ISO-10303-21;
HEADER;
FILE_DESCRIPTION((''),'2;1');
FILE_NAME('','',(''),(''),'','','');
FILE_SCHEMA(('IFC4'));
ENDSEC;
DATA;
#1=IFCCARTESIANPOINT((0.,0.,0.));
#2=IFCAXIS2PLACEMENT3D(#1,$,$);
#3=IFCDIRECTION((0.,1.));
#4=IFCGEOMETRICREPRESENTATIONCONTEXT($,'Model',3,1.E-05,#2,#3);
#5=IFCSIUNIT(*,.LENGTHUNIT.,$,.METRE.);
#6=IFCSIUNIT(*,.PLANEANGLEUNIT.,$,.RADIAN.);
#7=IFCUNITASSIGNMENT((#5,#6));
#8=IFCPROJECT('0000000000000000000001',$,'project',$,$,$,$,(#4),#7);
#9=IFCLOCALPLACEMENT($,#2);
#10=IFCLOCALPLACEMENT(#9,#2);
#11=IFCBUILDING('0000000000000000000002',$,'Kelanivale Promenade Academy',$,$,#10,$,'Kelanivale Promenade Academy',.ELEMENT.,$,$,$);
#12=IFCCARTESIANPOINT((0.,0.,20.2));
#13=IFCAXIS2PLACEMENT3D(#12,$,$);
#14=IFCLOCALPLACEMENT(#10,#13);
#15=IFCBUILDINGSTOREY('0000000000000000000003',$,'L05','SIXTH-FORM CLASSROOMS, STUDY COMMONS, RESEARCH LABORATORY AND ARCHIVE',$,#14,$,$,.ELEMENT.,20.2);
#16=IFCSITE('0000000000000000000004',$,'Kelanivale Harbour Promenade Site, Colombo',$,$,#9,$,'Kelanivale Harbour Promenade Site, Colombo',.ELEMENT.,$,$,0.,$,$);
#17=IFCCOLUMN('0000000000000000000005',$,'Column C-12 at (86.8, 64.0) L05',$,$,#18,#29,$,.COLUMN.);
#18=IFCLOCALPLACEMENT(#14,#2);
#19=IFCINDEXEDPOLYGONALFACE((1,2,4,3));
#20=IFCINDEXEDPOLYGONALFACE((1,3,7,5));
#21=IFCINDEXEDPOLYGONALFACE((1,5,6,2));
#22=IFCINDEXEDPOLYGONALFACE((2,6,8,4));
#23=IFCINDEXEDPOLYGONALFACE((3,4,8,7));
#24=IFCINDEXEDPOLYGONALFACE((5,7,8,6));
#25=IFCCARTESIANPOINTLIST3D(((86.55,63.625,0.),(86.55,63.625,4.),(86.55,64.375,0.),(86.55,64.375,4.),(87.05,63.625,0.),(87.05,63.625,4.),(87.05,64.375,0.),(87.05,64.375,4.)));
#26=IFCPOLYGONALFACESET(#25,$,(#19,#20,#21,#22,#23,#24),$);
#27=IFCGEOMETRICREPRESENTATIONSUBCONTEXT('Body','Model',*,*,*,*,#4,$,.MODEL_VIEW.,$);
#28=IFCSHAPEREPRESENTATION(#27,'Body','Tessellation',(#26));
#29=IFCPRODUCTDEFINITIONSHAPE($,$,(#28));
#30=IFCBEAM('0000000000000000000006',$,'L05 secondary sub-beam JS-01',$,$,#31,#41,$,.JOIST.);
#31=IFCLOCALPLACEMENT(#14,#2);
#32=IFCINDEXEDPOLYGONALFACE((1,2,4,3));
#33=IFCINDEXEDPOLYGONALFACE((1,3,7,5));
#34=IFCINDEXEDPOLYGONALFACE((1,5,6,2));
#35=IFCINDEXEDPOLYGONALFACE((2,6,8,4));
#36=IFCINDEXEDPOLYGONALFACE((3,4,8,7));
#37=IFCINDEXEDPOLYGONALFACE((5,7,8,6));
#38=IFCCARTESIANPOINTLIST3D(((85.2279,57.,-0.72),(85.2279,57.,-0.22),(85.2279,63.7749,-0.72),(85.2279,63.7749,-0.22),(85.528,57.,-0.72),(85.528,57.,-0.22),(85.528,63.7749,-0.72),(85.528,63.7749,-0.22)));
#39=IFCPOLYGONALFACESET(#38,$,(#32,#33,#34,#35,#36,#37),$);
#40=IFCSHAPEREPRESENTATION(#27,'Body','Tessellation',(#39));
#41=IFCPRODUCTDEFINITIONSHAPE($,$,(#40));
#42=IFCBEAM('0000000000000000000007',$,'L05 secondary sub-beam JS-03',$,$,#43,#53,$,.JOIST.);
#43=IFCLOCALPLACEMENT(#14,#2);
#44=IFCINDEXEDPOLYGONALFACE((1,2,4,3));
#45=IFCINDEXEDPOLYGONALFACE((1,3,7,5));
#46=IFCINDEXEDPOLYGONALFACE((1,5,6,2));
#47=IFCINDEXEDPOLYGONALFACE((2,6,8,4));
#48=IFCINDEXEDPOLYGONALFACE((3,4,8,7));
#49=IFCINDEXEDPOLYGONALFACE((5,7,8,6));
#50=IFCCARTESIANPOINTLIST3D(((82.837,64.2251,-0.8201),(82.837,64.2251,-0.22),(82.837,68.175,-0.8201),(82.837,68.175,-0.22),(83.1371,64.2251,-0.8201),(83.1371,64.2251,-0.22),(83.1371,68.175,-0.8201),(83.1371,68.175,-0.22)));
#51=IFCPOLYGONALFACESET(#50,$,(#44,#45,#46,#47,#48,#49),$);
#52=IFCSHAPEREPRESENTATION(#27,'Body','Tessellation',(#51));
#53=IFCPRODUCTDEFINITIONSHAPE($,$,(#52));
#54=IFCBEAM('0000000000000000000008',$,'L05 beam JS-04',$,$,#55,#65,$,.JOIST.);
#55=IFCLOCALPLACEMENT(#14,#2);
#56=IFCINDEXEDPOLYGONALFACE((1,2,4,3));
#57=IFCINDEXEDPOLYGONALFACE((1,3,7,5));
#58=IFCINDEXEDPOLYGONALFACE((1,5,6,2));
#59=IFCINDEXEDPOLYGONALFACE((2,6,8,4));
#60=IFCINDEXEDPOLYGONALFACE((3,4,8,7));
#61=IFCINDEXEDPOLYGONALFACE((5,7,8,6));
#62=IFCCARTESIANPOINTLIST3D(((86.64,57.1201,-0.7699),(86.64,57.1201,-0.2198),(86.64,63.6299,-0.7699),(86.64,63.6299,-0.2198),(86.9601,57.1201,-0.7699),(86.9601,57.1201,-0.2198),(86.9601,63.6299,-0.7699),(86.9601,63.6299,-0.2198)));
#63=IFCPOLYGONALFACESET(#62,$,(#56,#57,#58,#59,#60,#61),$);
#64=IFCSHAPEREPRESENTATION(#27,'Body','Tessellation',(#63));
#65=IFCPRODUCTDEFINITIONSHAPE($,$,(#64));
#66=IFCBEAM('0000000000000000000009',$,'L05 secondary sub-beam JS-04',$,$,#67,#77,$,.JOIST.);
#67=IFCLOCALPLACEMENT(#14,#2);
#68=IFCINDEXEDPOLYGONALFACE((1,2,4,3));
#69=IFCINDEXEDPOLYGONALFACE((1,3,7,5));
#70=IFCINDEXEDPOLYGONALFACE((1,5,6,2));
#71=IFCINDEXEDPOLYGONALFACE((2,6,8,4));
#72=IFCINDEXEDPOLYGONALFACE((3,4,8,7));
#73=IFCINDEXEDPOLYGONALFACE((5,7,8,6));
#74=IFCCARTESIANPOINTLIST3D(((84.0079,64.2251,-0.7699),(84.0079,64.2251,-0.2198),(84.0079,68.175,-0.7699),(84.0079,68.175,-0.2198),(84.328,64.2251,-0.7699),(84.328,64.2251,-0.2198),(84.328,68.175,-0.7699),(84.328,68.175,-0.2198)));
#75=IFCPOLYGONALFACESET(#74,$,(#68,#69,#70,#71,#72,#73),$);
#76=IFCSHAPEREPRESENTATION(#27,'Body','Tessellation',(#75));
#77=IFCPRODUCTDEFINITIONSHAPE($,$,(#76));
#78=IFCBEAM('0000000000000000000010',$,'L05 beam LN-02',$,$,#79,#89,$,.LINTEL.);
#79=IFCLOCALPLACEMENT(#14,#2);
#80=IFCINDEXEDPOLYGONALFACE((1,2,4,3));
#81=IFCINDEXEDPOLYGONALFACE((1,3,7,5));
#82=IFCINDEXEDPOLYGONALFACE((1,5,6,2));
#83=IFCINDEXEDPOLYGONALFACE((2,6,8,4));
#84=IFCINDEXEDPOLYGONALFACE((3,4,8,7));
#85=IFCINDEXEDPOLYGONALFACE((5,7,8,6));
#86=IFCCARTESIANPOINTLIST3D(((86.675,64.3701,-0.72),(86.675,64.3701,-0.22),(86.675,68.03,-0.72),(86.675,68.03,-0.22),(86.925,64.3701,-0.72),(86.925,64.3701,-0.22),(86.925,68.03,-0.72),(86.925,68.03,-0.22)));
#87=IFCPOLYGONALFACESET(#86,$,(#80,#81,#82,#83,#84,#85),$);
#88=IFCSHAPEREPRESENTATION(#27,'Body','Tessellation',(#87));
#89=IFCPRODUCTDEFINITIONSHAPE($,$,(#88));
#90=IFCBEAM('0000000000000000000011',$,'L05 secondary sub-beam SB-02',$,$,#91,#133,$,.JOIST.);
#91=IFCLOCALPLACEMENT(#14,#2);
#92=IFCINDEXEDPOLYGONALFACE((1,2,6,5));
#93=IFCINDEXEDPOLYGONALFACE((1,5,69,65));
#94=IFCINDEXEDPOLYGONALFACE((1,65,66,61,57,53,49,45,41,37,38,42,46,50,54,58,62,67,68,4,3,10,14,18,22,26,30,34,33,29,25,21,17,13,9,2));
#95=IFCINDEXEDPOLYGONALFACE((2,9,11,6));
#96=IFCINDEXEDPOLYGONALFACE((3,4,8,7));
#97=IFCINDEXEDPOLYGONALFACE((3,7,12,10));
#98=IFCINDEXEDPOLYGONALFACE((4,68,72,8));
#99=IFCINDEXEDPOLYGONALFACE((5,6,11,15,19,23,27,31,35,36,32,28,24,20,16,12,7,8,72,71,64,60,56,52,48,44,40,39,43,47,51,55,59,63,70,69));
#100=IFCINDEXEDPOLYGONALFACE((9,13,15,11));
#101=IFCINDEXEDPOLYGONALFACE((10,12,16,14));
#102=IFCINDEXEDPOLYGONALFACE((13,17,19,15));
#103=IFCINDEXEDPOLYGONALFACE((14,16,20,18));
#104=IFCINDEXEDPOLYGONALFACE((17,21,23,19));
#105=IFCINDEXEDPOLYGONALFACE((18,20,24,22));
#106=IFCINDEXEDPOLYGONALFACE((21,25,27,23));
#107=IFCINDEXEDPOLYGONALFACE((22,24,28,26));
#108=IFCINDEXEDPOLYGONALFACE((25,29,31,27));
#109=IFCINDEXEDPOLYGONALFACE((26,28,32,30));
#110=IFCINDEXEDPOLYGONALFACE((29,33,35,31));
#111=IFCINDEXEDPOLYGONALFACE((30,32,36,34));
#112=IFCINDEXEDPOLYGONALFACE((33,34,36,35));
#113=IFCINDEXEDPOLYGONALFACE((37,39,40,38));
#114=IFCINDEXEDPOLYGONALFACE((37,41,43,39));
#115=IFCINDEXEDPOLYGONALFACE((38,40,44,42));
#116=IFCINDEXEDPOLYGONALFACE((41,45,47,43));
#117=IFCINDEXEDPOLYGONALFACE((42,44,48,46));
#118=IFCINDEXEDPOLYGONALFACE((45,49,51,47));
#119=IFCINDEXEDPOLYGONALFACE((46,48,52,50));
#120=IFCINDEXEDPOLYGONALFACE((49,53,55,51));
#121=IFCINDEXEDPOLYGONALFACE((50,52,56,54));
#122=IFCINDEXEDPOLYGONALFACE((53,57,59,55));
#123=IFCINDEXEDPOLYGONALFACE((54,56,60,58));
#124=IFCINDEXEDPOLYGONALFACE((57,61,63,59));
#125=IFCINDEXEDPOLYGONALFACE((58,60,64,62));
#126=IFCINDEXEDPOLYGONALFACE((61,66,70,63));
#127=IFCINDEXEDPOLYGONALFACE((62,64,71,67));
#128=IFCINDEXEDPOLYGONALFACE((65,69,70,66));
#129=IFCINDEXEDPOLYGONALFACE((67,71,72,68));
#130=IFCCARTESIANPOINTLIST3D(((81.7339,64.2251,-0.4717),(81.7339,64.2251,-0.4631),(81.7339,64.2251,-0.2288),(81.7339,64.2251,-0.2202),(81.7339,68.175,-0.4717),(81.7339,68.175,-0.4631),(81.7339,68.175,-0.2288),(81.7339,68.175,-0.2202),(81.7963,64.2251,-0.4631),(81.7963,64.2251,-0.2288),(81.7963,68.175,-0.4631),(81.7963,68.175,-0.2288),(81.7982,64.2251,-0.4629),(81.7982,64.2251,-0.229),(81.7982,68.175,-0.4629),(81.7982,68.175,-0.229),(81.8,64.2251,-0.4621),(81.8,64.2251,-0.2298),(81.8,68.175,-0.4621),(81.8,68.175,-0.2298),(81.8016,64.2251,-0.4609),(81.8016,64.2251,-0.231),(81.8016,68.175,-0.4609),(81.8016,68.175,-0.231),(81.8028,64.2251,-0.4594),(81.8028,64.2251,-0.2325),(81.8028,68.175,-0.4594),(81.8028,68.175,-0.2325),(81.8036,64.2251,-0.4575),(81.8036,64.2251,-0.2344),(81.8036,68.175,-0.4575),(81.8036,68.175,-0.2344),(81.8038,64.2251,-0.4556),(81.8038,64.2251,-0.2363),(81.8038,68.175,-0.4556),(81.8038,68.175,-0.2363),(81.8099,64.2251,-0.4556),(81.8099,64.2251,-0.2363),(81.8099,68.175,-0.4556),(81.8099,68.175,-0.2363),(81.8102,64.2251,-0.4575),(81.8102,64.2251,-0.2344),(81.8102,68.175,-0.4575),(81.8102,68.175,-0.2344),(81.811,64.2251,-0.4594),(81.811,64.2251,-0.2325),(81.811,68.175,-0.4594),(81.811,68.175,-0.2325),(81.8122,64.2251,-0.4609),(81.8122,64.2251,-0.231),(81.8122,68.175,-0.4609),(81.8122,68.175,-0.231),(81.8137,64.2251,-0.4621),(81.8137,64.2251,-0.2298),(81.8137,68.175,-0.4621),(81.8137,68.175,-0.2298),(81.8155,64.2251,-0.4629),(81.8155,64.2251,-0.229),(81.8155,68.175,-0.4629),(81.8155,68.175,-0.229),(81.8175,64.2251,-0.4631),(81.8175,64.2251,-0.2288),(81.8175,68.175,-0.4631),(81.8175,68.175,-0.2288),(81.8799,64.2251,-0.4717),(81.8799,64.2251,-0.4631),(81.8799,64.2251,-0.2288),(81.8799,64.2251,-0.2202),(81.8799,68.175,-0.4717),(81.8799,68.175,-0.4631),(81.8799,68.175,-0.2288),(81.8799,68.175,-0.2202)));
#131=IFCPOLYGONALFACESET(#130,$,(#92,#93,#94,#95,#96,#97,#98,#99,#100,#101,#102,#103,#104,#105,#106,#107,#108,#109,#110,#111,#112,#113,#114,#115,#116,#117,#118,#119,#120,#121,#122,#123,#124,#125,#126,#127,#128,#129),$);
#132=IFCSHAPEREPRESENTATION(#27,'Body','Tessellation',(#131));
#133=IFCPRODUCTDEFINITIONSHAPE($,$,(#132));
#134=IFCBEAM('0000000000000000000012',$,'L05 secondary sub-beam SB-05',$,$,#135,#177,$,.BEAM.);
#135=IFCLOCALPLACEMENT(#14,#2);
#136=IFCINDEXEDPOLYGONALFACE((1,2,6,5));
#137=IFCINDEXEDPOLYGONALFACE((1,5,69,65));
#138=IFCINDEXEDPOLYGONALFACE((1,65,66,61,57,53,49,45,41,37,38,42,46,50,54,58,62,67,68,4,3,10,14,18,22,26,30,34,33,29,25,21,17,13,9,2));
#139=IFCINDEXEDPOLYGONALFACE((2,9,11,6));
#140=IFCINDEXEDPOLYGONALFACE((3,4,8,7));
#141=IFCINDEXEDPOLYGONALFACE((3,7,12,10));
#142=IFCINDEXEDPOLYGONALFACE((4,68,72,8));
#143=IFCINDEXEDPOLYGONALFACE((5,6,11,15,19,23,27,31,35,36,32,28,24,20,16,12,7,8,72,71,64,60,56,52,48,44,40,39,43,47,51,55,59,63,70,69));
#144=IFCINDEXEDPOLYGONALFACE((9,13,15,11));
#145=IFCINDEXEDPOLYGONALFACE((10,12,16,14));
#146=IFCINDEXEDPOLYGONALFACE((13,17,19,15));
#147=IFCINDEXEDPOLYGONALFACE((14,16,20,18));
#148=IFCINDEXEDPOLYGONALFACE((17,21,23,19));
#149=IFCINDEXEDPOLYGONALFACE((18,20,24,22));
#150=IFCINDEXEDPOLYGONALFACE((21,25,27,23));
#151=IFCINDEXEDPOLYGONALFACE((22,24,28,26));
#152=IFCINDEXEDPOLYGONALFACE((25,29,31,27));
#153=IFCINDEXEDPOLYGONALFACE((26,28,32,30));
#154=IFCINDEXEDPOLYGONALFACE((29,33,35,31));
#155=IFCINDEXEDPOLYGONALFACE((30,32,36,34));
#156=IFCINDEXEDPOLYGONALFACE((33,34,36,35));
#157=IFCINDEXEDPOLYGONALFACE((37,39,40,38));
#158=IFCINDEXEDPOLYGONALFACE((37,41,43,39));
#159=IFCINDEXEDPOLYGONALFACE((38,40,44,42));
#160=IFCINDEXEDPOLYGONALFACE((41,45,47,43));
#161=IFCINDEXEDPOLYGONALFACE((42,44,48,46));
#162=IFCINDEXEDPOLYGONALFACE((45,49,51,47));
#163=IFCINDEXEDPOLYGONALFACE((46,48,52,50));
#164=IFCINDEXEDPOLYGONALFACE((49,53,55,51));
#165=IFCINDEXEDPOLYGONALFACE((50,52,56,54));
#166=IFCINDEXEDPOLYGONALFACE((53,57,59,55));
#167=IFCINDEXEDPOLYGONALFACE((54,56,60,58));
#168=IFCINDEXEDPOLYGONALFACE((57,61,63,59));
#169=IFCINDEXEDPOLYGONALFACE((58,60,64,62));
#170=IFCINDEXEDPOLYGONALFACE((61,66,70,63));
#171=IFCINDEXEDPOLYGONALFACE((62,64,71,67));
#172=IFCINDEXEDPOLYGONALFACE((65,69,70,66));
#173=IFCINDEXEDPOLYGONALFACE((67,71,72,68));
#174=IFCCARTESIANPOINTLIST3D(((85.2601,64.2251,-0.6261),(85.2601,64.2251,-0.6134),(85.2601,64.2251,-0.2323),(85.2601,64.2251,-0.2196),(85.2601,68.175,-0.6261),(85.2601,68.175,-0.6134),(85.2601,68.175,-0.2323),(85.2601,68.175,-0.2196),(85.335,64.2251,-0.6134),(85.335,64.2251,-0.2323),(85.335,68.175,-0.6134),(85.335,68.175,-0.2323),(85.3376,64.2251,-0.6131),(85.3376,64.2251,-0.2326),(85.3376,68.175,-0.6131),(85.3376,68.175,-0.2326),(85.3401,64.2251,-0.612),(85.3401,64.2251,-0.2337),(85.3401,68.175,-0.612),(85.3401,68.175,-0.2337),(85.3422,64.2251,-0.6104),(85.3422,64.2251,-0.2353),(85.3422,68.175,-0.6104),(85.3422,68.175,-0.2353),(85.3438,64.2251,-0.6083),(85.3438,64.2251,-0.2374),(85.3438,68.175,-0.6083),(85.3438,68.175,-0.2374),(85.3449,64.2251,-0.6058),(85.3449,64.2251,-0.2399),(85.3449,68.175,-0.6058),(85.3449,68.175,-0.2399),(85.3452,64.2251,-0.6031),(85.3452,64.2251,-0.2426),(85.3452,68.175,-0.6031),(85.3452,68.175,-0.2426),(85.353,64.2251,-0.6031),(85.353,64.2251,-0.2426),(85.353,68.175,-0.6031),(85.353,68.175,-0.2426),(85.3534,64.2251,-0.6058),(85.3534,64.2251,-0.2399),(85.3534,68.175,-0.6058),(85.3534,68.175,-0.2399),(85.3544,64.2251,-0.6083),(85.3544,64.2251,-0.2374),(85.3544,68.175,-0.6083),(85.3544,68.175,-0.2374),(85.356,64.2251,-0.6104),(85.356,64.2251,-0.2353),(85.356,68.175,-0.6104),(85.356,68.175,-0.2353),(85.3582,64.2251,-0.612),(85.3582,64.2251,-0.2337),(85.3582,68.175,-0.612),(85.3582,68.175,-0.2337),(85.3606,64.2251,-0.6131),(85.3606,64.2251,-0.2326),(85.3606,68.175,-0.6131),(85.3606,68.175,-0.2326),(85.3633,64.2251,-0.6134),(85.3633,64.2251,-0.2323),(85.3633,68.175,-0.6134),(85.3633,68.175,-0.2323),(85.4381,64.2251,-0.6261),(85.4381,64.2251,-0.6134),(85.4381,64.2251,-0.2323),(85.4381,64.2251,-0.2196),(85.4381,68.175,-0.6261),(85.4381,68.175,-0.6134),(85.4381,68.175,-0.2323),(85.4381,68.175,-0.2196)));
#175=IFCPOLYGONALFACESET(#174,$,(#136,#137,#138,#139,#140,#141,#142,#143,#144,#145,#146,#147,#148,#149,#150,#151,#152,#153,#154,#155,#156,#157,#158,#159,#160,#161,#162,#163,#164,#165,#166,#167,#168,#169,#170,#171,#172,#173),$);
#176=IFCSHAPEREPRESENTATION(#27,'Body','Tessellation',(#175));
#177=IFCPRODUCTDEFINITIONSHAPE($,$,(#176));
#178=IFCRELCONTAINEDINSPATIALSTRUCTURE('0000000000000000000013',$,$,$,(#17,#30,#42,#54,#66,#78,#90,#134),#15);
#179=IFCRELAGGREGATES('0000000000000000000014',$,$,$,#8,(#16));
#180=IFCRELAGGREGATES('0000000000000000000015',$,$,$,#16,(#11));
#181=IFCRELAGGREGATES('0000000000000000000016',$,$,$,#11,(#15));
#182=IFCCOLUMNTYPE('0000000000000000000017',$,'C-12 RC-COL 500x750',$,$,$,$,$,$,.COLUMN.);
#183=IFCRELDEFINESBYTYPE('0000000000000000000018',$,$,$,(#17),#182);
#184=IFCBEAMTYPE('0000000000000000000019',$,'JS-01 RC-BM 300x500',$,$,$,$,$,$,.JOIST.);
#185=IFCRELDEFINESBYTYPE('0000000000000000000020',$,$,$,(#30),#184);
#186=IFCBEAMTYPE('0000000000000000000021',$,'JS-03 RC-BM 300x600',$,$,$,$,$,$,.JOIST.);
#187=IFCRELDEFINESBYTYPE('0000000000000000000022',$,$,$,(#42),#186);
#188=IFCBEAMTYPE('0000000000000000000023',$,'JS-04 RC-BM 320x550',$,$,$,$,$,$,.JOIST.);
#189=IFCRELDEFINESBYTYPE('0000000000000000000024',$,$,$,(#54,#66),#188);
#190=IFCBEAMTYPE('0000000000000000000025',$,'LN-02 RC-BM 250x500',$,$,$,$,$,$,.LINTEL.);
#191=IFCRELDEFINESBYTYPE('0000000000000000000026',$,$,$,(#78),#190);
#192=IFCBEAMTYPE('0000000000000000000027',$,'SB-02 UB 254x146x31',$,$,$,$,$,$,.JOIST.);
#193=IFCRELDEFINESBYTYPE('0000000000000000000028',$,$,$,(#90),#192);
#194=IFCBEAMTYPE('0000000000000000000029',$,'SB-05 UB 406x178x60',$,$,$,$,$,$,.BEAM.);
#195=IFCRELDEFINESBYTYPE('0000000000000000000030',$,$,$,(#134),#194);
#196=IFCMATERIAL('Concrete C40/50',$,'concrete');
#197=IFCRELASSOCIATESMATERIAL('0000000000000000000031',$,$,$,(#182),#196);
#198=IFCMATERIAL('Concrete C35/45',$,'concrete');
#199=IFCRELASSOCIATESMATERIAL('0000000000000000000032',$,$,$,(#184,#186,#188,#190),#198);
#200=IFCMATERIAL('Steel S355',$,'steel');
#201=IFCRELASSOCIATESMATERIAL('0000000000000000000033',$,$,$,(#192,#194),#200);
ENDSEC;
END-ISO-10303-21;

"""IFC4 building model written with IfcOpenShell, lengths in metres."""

from ifc_helpers import new_model, si_unit, direction, frame, origin, origin_2d, place, context, subcontext, project, spatial, rectangle, i_section, extrude, material, material_profile, profile_set, type_object, element, save


model = new_model("IFC4")

# Units and contexts
model_context = context("Model", 3, precision=1e-05, world=origin(), true_north=direction((0.0, 1.0)))
body_context = subcontext(model_context, "Body", "Model", "MODEL_VIEW")
ifc_project = project(units=[si_unit("LENGTHUNIT", "METRE"), si_unit("PLANEANGLEUNIT", "RADIAN")], contexts=[model_context])

# Site, building, storey
site_placement = place(None, origin())
site = spatial("IfcSite", under=ifc_project, at=site_placement, Name="Kelanivale Harbour Promenade Site, Colombo", LongName="Kelanivale Harbour Promenade Site, Colombo", CompositionType="ELEMENT", RefElevation=0.0)
building_placement = place(site_placement, origin())
building = spatial("IfcBuilding", under=site, at=building_placement, Name="Kelanivale Promenade Academy", LongName="Kelanivale Promenade Academy", CompositionType="ELEMENT")
storey_placement = place(building_placement, frame((0.0, 0.0, 20.2)))
storey = spatial("IfcBuildingStorey", under=building, at=storey_placement, Name="L05", Description="SIXTH-FORM CLASSROOMS, STUDY COMMONS, RESEARCH LABORATORY AND ARCHIVE", CompositionType="ELEMENT", Elevation=20.2)

# Column
ifc_material_1 = material(Name="Concrete C40/50", Category="concrete")
ifc_material_profile_1 = material_profile(ifc_material_1, rectangle(XDim=0.5, YDim=0.75, at=origin_2d()), Name="RC-COL 500x750")
ifc_profile_set_1 = profile_set([ifc_material_profile_1], Name="Concrete C40/50")
column_type = type_object("IfcColumnType", Name="C-12 RC-COL 500x750", PredefinedType="COLUMN", material=ifc_profile_set_1)
column_placement = place(storey_placement, frame((86.8, 64.0, 0.0), z_axis=(0.0, 0.0, 1.0), x_axis=(1.0, 0.0, 0.0)))
element("IfcColumn", 1, at=column_placement, inside=storey, type_object=column_type, Name="Column C-12 at (86.8, 64.0) L05", PredefinedType="COLUMN", context=body_context, shape_type="SweptSolid", body=[
    extrude(rectangle(XDim=0.5, YDim=0.75, at=origin_2d()), origin(), (0.0, 0.0, 1.0), 4.0),
])

# Beams
ifc_material_2 = material(Name="Concrete C35/45", Category="concrete")
ifc_material_profile_2 = material_profile(ifc_material_2, rectangle(XDim=0.3, YDim=0.5, at=origin_2d()), Name="RC-BM 300x500")
ifc_profile_set_2 = profile_set([ifc_material_profile_2], Name="Concrete C35/45")
beam_type_1 = type_object("IfcBeamType", Name="JS-01 RC-BM 300x500", PredefinedType="JOIST", material=ifc_profile_set_2)
beam_1_placement = place(storey_placement, frame((85.3779, 57.0, -0.47), z_axis=(0.0, 1.0, 0.0), x_axis=(-1.0, 0.0, 0.0)))
element("IfcBeam", 2, at=beam_1_placement, inside=storey, type_object=beam_type_1, Name="L05 secondary sub-beam JS-01", PredefinedType="JOIST", context=body_context, shape_type="SweptSolid", body=[
    extrude(rectangle(XDim=0.3, YDim=0.5, at=origin_2d()), origin(), (0.0, 0.0, 1.0), 6.7749),
])
ifc_material_profile_3 = material_profile(ifc_material_2, rectangle(XDim=0.3, YDim=0.6001, at=origin_2d()), Name="RC-BM 300x600")
ifc_profile_set_3 = profile_set([ifc_material_profile_3], Name="Concrete C35/45")
beam_type_2 = type_object("IfcBeamType", Name="JS-03 RC-BM 300x600", PredefinedType="JOIST", material=ifc_profile_set_3)
beam_2_placement = place(storey_placement, frame((82.9871, 64.2251, -0.52), z_axis=(0.0, 1.0, 0.0), x_axis=(-1.0, 0.0, 0.0)))
element("IfcBeam", 3, at=beam_2_placement, inside=storey, type_object=beam_type_2, Name="L05 secondary sub-beam JS-03", PredefinedType="JOIST", context=body_context, shape_type="SweptSolid", body=[
    extrude(rectangle(XDim=0.3, YDim=0.6001, at=origin_2d()), origin(), (0.0, 0.0, 1.0), 3.95),
])
ifc_material_profile_4 = material_profile(ifc_material_2, rectangle(XDim=0.3201, YDim=0.55, at=origin_2d()), Name="RC-BM 320x550")
ifc_profile_set_4 = profile_set([ifc_material_profile_4], Name="Concrete C35/45")
beam_type_3 = type_object("IfcBeamType", Name="JS-04 RC-BM 320x550", PredefinedType="JOIST", material=ifc_profile_set_4)
beam_3_placement = place(storey_placement, frame((86.8, 57.1201, -0.4949), z_axis=(0.0, 1.0, 0.0), x_axis=(-1.0, 0.0, 0.0)))
element("IfcBeam", 4, at=beam_3_placement, inside=storey, type_object=beam_type_3, Name="L05 beam JS-04", PredefinedType="JOIST", context=body_context, shape_type="SweptSolid", body=[
    extrude(rectangle(XDim=0.3201, YDim=0.55, at=origin_2d()), origin(), (0.0, 0.0, 1.0), 6.5098),
])
beam_4_placement = place(storey_placement, frame((84.168, 64.2251, -0.4949), z_axis=(0.0, 1.0, 0.0), x_axis=(-1.0, 0.0, 0.0)))
element("IfcBeam", 5, at=beam_4_placement, inside=storey, type_object=beam_type_3, Name="L05 secondary sub-beam JS-04", PredefinedType="JOIST", context=body_context, shape_type="SweptSolid", body=[
    extrude(rectangle(XDim=0.3201, YDim=0.55, at=origin_2d()), origin(), (0.0, 0.0, 1.0), 3.95),
])
ifc_material_profile_5 = material_profile(ifc_material_2, rectangle(XDim=0.25, YDim=0.5, at=origin_2d()), Name="RC-BM 250x500")
ifc_profile_set_5 = profile_set([ifc_material_profile_5], Name="Concrete C35/45")
beam_type_4 = type_object("IfcBeamType", Name="LN-02 RC-BM 250x500", PredefinedType="LINTEL", material=ifc_profile_set_5)
beam_5_placement = place(storey_placement, frame((86.8, 64.3701, -0.47), z_axis=(0.0, 1.0, 0.0), x_axis=(-1.0, 0.0, 0.0)))
element("IfcBeam", 6, at=beam_5_placement, inside=storey, type_object=beam_type_4, Name="L05 beam LN-02", PredefinedType="LINTEL", context=body_context, shape_type="SweptSolid", body=[
    extrude(rectangle(XDim=0.25, YDim=0.5, at=origin_2d()), origin(), (0.0, 0.0, 1.0), 3.6599),
])
ifc_material_3 = material(Name="Steel S355", Category="steel")
ifc_material_profile_6 = material_profile(ifc_material_3, i_section(OverallWidth=0.146, OverallDepth=0.2515, WebThickness=0.0061, FlangeThickness=0.0085, FilletRadius=0.0076, at=origin_2d()), Name="UB 254x146x31")
ifc_profile_set_6 = profile_set([ifc_material_profile_6], Name="Steel S355")
beam_type_5 = type_object("IfcBeamType", Name="SB-02 UB 254x146x31", PredefinedType="JOIST", material=ifc_profile_set_6)
beam_6_placement = place(storey_placement, frame((81.8069, 64.2251, -0.3459), z_axis=(0.0, 1.0, 0.0), x_axis=(-1.0, 0.0, 0.0)))
element("IfcBeam", 7, at=beam_6_placement, inside=storey, type_object=beam_type_5, Name="L05 secondary sub-beam SB-02", PredefinedType="JOIST", context=body_context, shape_type="SweptSolid", body=[
    extrude(i_section(OverallWidth=0.146, OverallDepth=0.2515, WebThickness=0.0061, FlangeThickness=0.0085, FilletRadius=0.0076, at=origin_2d()), origin(), (0.0, 0.0, 1.0), 3.95),
])
ifc_material_profile_7 = material_profile(ifc_material_3, i_section(OverallWidth=0.178, OverallDepth=0.4065, WebThickness=0.0078, FlangeThickness=0.0127, FilletRadius=0.0103, at=origin_2d()), Name="UB 406x178x60")
ifc_profile_set_7 = profile_set([ifc_material_profile_7], Name="Steel S355")
beam_type_6 = type_object("IfcBeamType", Name="SB-05 UB 406x178x60", PredefinedType="BEAM", material=ifc_profile_set_7)
beam_7_placement = place(storey_placement, frame((85.3491, 64.2251, -0.4229), z_axis=(0.0, 1.0, 0.0), x_axis=(-1.0, 0.0, 0.0)))
element("IfcBeam", 8, at=beam_7_placement, inside=storey, type_object=beam_type_6, Name="L05 secondary sub-beam SB-05", PredefinedType="BEAM", context=body_context, shape_type="SweptSolid", body=[
    extrude(i_section(OverallWidth=0.178, OverallDepth=0.4065, WebThickness=0.0078, FlangeThickness=0.0127, FilletRadius=0.0103, at=origin_2d()), origin(), (0.0, 0.0, 1.0), 3.95),
])

save(model, "model.ifc")
